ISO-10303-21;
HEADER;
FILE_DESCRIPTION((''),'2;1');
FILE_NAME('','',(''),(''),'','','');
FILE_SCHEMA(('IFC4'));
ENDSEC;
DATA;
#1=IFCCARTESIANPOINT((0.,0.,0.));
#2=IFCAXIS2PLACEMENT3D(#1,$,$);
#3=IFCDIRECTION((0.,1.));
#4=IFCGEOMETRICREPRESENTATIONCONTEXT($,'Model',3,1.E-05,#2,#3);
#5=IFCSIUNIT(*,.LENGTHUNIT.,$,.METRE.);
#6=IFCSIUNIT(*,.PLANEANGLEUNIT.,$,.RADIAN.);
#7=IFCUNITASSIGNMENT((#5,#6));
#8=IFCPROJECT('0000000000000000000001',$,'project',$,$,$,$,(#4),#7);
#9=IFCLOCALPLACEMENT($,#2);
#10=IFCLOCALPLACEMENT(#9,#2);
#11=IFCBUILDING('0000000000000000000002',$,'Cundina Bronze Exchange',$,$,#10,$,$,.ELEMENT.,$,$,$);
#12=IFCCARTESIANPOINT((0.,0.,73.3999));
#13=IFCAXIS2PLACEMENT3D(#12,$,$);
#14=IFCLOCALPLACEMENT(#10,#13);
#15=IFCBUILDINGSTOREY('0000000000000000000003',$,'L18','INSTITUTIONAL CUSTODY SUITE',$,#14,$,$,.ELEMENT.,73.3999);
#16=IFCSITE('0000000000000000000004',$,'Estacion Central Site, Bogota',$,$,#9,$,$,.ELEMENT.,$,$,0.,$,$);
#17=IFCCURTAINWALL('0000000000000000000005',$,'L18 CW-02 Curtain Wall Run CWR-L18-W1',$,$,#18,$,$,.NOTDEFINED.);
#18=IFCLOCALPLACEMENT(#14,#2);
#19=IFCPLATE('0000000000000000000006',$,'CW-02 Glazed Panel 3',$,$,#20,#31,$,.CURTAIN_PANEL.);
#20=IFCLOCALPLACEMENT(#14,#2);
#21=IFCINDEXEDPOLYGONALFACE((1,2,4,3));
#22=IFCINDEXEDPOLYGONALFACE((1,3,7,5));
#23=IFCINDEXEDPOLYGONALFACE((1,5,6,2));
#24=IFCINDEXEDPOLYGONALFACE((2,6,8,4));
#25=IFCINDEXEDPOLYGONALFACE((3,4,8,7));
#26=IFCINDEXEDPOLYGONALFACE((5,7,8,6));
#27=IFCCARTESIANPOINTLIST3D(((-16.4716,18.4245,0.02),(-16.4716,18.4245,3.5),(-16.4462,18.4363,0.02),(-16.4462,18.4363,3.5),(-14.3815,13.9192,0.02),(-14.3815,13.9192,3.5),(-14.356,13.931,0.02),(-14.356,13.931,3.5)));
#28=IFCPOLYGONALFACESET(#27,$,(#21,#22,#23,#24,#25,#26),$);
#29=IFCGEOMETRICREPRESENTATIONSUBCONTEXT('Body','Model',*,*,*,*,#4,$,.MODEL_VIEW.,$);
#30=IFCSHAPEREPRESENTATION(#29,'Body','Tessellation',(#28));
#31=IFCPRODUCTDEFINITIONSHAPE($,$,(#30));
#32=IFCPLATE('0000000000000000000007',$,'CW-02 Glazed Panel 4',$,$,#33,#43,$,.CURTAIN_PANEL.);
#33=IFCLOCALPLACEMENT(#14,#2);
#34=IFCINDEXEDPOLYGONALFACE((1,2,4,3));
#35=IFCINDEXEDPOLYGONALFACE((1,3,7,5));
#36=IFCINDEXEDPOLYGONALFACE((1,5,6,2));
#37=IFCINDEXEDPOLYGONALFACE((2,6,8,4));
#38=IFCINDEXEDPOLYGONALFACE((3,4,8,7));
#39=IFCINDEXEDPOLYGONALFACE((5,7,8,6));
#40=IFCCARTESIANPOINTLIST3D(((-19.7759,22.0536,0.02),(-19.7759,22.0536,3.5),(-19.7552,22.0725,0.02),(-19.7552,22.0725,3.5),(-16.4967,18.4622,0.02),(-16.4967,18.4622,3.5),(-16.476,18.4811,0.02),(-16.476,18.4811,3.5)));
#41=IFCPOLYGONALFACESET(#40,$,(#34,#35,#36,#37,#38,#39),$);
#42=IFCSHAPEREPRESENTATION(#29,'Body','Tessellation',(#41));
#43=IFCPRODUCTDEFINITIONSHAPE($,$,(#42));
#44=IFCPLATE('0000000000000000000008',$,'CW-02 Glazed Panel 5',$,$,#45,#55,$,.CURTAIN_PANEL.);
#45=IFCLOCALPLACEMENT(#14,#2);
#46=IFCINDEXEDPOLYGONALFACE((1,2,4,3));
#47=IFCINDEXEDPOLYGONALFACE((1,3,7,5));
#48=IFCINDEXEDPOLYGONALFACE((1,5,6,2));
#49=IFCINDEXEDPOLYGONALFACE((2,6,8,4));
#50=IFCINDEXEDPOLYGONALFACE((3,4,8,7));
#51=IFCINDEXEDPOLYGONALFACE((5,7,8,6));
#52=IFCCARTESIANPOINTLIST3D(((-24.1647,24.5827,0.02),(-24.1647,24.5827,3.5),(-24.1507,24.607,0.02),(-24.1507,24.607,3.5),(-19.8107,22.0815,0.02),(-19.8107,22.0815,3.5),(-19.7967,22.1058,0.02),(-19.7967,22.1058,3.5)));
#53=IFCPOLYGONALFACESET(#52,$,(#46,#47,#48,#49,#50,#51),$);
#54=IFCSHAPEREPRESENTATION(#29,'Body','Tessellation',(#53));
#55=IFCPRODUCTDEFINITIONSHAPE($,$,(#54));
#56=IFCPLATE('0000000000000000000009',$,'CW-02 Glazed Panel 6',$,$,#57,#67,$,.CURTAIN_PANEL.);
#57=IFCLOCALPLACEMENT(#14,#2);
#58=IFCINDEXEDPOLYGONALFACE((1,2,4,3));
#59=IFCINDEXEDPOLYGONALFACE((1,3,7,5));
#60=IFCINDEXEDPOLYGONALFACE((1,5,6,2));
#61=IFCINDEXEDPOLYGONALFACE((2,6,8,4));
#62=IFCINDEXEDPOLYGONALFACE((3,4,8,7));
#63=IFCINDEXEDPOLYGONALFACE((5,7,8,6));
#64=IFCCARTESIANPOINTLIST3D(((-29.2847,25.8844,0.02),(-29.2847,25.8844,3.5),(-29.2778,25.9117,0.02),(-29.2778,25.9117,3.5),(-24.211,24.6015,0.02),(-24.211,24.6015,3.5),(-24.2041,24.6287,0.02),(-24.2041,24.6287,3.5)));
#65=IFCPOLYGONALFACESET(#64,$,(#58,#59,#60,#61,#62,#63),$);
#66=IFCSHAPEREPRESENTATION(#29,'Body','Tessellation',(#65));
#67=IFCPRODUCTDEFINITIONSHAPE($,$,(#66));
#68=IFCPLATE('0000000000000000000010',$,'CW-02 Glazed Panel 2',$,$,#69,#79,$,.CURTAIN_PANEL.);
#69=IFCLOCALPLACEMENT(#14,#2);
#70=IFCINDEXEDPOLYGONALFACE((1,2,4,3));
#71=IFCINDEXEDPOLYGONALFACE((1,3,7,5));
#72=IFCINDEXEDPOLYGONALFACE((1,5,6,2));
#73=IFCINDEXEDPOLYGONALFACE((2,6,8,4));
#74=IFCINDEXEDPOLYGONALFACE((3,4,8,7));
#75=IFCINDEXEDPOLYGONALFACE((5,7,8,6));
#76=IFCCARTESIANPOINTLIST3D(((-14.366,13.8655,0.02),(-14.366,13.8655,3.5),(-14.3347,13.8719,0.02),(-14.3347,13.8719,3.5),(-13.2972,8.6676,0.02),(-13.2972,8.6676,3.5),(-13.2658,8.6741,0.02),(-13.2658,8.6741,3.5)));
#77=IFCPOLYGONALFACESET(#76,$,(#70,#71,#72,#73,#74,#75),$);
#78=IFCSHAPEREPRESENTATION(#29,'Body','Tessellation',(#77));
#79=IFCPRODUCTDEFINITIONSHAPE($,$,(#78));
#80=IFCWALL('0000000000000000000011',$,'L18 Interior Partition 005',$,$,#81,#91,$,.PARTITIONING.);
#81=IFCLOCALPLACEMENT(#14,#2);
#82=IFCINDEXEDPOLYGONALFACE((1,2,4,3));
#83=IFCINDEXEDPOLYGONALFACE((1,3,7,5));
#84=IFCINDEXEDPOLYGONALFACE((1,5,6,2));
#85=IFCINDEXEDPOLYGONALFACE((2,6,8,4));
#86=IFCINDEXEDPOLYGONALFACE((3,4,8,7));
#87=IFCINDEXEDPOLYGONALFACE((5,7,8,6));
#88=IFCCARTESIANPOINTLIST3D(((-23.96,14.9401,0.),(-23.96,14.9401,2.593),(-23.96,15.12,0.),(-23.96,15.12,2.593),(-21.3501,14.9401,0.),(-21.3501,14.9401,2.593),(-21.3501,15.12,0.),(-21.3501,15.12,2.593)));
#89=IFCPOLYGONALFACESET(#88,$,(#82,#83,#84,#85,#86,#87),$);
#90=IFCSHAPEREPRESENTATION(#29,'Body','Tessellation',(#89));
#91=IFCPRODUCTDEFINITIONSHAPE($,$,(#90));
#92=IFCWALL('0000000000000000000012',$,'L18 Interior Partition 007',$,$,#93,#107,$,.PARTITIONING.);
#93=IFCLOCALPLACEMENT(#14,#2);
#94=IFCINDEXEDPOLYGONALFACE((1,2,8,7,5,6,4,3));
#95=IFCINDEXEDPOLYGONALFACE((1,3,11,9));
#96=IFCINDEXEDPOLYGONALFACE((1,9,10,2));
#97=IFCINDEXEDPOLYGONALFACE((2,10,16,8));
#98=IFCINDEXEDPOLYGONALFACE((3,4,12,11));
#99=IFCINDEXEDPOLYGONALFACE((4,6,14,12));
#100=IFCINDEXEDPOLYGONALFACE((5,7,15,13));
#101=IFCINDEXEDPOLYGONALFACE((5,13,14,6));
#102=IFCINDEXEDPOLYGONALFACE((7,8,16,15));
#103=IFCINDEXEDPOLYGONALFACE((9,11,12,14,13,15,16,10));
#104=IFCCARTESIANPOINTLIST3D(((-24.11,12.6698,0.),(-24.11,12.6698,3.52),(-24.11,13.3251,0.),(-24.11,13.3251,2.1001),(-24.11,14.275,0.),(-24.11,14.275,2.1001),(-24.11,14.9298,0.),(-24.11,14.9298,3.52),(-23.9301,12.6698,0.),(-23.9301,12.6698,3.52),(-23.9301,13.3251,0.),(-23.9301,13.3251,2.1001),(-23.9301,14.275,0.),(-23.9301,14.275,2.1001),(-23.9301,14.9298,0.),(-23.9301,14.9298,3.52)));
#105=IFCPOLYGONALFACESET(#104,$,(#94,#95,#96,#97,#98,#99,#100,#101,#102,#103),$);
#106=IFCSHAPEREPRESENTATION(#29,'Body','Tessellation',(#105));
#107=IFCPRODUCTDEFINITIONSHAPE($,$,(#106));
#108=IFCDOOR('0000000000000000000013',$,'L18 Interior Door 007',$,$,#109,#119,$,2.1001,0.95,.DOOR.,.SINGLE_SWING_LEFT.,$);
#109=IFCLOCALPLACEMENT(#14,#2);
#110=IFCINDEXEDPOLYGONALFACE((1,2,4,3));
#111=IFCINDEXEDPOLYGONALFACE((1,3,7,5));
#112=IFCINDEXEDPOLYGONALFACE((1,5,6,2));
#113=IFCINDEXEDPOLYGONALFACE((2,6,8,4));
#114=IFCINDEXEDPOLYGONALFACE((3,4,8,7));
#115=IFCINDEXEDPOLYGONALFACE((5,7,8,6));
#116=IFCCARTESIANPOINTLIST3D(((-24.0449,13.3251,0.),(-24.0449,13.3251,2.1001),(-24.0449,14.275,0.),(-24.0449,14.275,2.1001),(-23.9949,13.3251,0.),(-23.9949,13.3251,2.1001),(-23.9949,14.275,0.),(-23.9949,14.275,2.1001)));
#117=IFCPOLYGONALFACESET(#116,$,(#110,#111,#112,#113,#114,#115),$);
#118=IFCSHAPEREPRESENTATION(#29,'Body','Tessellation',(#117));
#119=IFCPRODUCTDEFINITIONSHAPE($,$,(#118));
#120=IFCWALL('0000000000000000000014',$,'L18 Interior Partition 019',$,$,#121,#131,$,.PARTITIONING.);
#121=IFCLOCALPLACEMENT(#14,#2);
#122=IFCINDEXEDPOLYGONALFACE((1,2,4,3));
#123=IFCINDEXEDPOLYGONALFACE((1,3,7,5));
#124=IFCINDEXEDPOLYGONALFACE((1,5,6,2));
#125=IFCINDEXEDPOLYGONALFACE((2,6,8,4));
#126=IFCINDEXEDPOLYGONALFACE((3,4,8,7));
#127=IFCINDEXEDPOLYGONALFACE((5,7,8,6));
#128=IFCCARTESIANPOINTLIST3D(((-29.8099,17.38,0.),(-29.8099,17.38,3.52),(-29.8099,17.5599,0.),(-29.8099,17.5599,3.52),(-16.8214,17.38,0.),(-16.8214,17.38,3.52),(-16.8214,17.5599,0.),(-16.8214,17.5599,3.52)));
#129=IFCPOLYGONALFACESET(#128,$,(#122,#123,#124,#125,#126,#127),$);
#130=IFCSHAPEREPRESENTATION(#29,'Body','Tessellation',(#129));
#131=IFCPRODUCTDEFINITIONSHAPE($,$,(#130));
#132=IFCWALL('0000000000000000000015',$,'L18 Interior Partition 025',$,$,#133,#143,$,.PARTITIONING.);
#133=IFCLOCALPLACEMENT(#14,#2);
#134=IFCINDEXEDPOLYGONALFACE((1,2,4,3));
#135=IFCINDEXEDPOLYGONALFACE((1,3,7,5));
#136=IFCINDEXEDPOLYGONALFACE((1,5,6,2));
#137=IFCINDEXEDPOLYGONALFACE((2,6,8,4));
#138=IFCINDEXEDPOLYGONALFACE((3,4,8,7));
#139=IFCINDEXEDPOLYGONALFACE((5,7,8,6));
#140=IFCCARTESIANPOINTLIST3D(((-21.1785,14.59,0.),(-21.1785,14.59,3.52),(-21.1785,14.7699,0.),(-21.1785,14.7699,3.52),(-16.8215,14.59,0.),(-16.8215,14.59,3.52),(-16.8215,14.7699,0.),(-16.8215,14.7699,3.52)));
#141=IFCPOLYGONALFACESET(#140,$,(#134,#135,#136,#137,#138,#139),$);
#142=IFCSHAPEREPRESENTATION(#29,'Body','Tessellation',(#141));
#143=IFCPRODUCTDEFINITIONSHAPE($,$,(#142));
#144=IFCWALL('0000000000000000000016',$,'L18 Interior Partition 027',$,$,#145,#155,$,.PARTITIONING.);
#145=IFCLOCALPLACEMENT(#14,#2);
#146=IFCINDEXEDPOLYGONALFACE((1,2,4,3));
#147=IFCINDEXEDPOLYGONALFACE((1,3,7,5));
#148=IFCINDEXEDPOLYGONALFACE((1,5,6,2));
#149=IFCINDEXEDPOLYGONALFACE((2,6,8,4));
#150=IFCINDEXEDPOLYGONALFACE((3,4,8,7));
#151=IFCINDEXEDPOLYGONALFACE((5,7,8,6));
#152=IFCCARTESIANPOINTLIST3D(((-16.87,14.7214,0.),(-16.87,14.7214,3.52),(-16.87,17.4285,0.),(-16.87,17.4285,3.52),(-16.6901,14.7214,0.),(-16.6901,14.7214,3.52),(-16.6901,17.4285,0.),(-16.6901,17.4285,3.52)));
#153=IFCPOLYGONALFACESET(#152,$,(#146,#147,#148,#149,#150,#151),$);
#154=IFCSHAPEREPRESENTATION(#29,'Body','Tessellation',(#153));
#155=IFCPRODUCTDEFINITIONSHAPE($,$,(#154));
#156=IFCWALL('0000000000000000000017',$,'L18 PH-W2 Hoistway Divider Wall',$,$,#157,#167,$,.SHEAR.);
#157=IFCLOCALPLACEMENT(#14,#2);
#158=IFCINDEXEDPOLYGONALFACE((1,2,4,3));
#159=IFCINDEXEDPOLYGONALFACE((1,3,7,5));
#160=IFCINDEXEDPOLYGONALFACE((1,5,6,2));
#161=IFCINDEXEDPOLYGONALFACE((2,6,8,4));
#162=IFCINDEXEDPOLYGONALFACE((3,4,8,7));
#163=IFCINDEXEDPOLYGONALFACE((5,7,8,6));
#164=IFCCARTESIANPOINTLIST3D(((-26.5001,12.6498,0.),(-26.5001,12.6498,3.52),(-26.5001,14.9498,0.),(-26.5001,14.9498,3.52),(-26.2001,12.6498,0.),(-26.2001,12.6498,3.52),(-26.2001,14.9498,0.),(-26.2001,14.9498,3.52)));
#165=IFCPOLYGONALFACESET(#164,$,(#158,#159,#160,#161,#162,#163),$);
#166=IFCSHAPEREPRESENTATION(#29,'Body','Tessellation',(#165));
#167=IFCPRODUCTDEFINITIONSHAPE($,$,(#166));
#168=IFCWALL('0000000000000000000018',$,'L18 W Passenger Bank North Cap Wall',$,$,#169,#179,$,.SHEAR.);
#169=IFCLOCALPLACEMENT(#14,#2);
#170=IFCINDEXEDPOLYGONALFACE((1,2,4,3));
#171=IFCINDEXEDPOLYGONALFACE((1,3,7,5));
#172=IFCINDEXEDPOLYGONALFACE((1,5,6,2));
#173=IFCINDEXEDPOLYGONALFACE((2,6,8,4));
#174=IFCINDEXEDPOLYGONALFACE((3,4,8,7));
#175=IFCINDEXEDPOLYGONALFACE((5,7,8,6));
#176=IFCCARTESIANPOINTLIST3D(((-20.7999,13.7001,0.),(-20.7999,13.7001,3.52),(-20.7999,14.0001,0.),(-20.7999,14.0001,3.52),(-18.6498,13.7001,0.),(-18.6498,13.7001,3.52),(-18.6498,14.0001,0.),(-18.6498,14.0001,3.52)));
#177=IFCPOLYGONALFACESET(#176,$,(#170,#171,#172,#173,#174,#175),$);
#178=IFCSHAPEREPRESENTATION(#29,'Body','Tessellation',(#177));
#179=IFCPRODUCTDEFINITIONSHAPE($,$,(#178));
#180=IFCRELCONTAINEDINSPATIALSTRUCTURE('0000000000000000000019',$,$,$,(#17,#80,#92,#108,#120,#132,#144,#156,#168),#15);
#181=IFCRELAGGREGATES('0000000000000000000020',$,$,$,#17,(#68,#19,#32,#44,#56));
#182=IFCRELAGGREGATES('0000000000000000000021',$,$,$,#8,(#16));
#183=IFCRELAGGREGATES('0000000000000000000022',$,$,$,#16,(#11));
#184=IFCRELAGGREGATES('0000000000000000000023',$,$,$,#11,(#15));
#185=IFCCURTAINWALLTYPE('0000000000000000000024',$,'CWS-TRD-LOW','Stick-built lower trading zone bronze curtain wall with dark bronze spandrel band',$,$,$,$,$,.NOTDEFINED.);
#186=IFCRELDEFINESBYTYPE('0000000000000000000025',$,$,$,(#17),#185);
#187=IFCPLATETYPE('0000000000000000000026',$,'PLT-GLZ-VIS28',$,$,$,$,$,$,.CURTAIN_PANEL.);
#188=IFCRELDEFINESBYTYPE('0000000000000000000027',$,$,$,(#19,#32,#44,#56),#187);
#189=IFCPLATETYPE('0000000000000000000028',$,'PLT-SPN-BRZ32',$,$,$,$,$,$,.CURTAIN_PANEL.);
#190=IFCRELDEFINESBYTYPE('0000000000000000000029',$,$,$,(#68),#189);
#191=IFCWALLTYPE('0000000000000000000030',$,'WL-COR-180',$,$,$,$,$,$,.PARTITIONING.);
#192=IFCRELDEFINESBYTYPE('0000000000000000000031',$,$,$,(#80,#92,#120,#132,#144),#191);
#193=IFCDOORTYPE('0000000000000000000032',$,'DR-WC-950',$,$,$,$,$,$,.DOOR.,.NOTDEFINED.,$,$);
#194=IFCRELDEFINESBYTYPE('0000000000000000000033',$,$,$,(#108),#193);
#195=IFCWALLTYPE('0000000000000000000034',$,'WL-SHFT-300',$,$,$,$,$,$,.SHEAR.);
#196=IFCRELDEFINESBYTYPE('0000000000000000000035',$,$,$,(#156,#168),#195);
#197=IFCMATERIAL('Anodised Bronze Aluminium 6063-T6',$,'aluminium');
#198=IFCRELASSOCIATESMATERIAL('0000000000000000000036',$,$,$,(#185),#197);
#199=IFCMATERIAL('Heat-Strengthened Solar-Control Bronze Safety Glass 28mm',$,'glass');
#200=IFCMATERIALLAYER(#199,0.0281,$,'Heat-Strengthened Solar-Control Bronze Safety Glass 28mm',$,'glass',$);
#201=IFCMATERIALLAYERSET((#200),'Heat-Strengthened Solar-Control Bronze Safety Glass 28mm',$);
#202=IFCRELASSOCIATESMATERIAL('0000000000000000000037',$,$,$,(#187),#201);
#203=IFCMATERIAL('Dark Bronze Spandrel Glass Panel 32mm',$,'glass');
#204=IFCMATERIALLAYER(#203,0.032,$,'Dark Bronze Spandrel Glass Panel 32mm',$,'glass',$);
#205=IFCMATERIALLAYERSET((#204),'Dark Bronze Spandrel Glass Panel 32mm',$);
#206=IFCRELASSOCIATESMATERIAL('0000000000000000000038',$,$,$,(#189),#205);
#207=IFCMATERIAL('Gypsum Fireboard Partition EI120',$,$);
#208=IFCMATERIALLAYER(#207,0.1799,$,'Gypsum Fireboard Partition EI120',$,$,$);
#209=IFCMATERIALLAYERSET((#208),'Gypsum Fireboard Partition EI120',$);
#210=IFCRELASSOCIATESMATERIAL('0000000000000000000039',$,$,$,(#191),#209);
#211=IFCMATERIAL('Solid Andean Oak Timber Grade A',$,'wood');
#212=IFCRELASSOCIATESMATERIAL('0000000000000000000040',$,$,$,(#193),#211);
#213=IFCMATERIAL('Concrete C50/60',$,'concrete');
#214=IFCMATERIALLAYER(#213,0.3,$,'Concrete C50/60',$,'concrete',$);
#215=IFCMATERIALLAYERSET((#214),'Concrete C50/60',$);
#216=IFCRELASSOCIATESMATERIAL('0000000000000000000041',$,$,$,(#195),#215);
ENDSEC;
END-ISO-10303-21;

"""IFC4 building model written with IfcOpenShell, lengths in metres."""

from ifc_helpers import new_model, si_unit, direction, frame, frame_2d, origin, origin_2d, place, context, subcontext, project, spatial, rectangle, extrude, material, layer, layer_set, type_object, element, fill, aggregate, save


model = new_model("IFC4")

# Units and contexts
model_context = context("Model", 3, precision=1e-05, world=origin(), true_north=direction((0.0, 1.0)))
body_context = subcontext(model_context, "Body", "Model", "MODEL_VIEW")
ifc_project = project(units=[si_unit("LENGTHUNIT", "METRE"), si_unit("PLANEANGLEUNIT", "RADIAN")], contexts=[model_context])

# Site, building, storey
site_placement = place(None, origin())
site = spatial("IfcSite", under=ifc_project, at=site_placement, Name="Estacion Central Site, Bogota", CompositionType="ELEMENT", RefElevation=0.0)
building_placement = place(site_placement, origin())
building = spatial("IfcBuilding", under=site, at=building_placement, Name="Cundina Bronze Exchange", CompositionType="ELEMENT")
storey_placement = place(building_placement, frame((0.0, 0.0, 73.3999)))
storey = spatial("IfcBuildingStorey", under=building, at=storey_placement, Name="L18", Description="INSTITUTIONAL CUSTODY SUITE", CompositionType="ELEMENT", Elevation=73.3999)

# Curtain wall, plates
ifc_material_1 = material(Name="Anodised Bronze Aluminium 6063-T6", Category="aluminium")
curtain_wall_type = type_object("IfcCurtainWallType", Name="CWS-TRD-LOW", Description="Stick-built lower trading zone bronze curtain wall with dark bronze spandrel band", PredefinedType="NOTDEFINED", material=ifc_material_1)
curtain_wall_placement = place(storey_placement, origin())
curtain_wall = element("IfcCurtainWall", 1, at=curtain_wall_placement, inside=storey, type_object=curtain_wall_type, Name="L18 CW-02 Curtain Wall Run CWR-L18-W1", PredefinedType="NOTDEFINED")
ifc_material_2 = material(Name="Heat-Strengthened Solar-Control Bronze Safety Glass 28mm", Category="glass")
ifc_layer_1 = layer(ifc_material_2, 0.0281, Name="Heat-Strengthened Solar-Control Bronze Safety Glass 28mm", Category="glass")
ifc_layer_set_1 = layer_set([ifc_layer_1], Name="Heat-Strengthened Solar-Control Bronze Safety Glass 28mm")
plate_type_1 = type_object("IfcPlateType", Name="PLT-GLZ-VIS28", PredefinedType="CURTAIN_PANEL", material=ifc_layer_set_1)
plate_1_placement = place(storey_placement, frame((-15.4138, 16.1777, 0.02), z_axis=(0.0, 0.0, 1.0), x_axis=(-0.420846, 0.907132, 0.0)))
plate_1 = element("IfcPlate", 2, at=plate_1_placement, type_object=plate_type_1, Name="CW-02 Glazed Panel 3", PredefinedType="CURTAIN_PANEL", context=body_context, shape_type="SweptSolid", body=[
    extrude(rectangle(XDim=4.9666, YDim=0.0281, at=origin_2d()), origin(), (0.0, 0.0, 1.0), 3.48),
])
plate_2_placement = place(storey_placement, frame((-18.126, 20.2673, 0.02), z_axis=(0.0, 0.0, 1.0), x_axis=(-0.674277, 0.738479, 0.0)))
plate_2 = element("IfcPlate", 3, at=plate_2_placement, type_object=plate_type_1, Name="CW-02 Glazed Panel 4", PredefinedType="CURTAIN_PANEL", context=body_context, shape_type="SweptSolid", body=[
    extrude(rectangle(XDim=4.8633, YDim=0.0281, at=origin_2d()), origin(), (0.0, 0.0, 1.0), 3.48),
])
plate_3_placement = place(storey_placement, frame((-21.9807, 23.3442, 0.02), z_axis=(0.0, 0.0, 1.0), x_axis=(-0.867105, 0.498125, 0.0)))
plate_3 = element("IfcPlate", 4, at=plate_3_placement, type_object=plate_type_1, Name="CW-02 Glazed Panel 5", PredefinedType="CURTAIN_PANEL", context=body_context, shape_type="SweptSolid", body=[
    extrude(rectangle(XDim=5.0212, YDim=0.0281, at=origin_2d()), origin(), (0.0, 0.0, 1.0), 3.48),
])
plate_4_placement = place(storey_placement, frame((-26.7444, 25.2566, 0.02), z_axis=(0.0, 0.0, 1.0), x_axis=(-0.969488, 0.245138, 0.0)))
plate_4 = element("IfcPlate", 5, at=plate_4_placement, type_object=plate_type_1, Name="CW-02 Glazed Panel 6", PredefinedType="CURTAIN_PANEL", context=body_context, shape_type="SweptSolid", body=[
    extrude(rectangle(XDim=5.2334, YDim=0.0281, at=origin_2d()), origin(), (0.0, 0.0, 1.0), 3.48),
])
ifc_material_3 = material(Name="Dark Bronze Spandrel Glass Panel 32mm", Category="glass")
ifc_layer_2 = layer(ifc_material_3, 0.032, Name="Dark Bronze Spandrel Glass Panel 32mm", Category="glass")
ifc_layer_set_2 = layer_set([ifc_layer_2], Name="Dark Bronze Spandrel Glass Panel 32mm")
plate_type_2 = type_object("IfcPlateType", Name="PLT-SPN-BRZ32", PredefinedType="CURTAIN_PANEL", material=ifc_layer_set_2)
plate_5_placement = place(storey_placement, frame((-13.8159, 11.2698, 0.02), z_axis=(0.0, 0.0, 1.0), x_axis=(-0.20142, 0.979505, 0.0)))
plate_5 = element("IfcPlate", 6, at=plate_5_placement, type_object=plate_type_2, Name="CW-02 Glazed Panel 2", PredefinedType="CURTAIN_PANEL", context=body_context, shape_type="SweptSolid", body=[
    extrude(rectangle(XDim=5.3066, YDim=0.032, at=origin_2d()), origin(), (0.0, 0.0, 1.0), 3.48),
])
aggregate(curtain_wall, [plate_5, plate_1, plate_2, plate_3, plate_4])

# Wall
ifc_material_4 = material(Name="Gypsum Fireboard Partition EI120")
ifc_layer_3 = layer(ifc_material_4, 0.1799, Name="Gypsum Fireboard Partition EI120")
ifc_layer_set_3 = layer_set([ifc_layer_3], Name="Gypsum Fireboard Partition EI120")
wall_type_1 = type_object("IfcWallType", Name="WL-COR-180", PredefinedType="PARTITIONING", material=ifc_layer_set_3)
wall_1_placement = place(storey_placement, frame((-23.96, 15.03, 0.0), z_axis=(0.0, 0.0, 1.0), x_axis=(1.0, 0.0, 0.0)))
element("IfcWall", 7, at=wall_1_placement, inside=storey, type_object=wall_type_1, Name="L18 Interior Partition 005", PredefinedType="PARTITIONING", context=body_context, shape_type="SweptSolid", body=[
    extrude(rectangle(XDim=2.6099, YDim=0.1799, at=frame_2d((1.3049, 0.0))), origin(), (0.0, 0.0, 1.0), 2.593),
])

# Wall, opening, door
wall_2_placement = place(storey_placement, frame((-24.02, 12.6699, 0.0), z_axis=(0.0, 0.0, 1.0), x_axis=(0.0, 1.0, 0.0)))
wall_2 = element("IfcWall", 8, at=wall_2_placement, inside=storey, type_object=wall_type_1, Name="L18 Interior Partition 007", PredefinedType="PARTITIONING", context=body_context, shape_type="SweptSolid", body=[
    extrude(rectangle(XDim=2.26, YDim=0.1799, at=frame_2d((1.1299, 0.0))), origin(), (0.0, 0.0, 1.0), 3.52),
])
opening_1_placement = place(wall_2_placement, frame((0.655, 0.0, 0.0)))
opening_1 = element("IfcOpeningElement", 9, at=opening_1_placement, cuts=wall_2, PredefinedType="OPENING", context=body_context, shape_type="SweptSolid", body=[
    extrude(rectangle(XDim=0.95, YDim=2.1001, at=frame_2d((0.4751, 1.05))), frame((0.0, 0.0999, 0.0), z_axis=(0.0, -1.0, 0.0), x_axis=(1.0, 0.0, 0.0)), (0.0, 0.0, 1.0), 0.2),
])
ifc_material_5 = material(Name="Solid Andean Oak Timber Grade A", Category="wood")
door_type_1 = type_object("IfcDoorType", Name="DR-WC-950", OperationType="NOTDEFINED", PredefinedType="DOOR", material=ifc_material_5)
door_1_placement = place(opening_1_placement, origin())
door_1 = element("IfcDoor", 10, at=door_1_placement, inside=storey, type_object=door_type_1, Name="L18 Interior Door 007", OperationType="SINGLE_SWING_LEFT", OverallHeight=2.1001, OverallWidth=0.95, PredefinedType="DOOR", context=body_context, shape_type="SweptSolid", body=[
    extrude(rectangle(XDim=0.95, YDim=2.1001, at=frame_2d((0.4751, 1.05))), frame((0.0, 0.0249, 0.0), z_axis=(0.0, -1.0, 0.0), x_axis=(1.0, 0.0, 0.0)), (0.0, 0.0, 1.0), 0.05),
])
fill(opening_1, door_1)

# Walls
wall_3_placement = place(storey_placement, frame((-16.8215, 17.47, 0.0), z_axis=(0.0, 0.0, 1.0), x_axis=(-1.0, 0.0, 0.0)))
element("IfcWall", 11, at=wall_3_placement, inside=storey, type_object=wall_type_1, Name="L18 Interior Partition 019", PredefinedType="PARTITIONING", context=body_context, shape_type="SweptSolid", body=[
    extrude(rectangle(XDim=12.9885, YDim=0.1799, at=frame_2d((6.4941, 0.0))), origin(), (0.0, 0.0, 1.0), 3.52),
])
wall_4_placement = place(storey_placement, frame((-21.1785, 14.6799, 0.0), z_axis=(0.0, 0.0, 1.0), x_axis=(1.0, 0.0, 0.0)))
element("IfcWall", 12, at=wall_4_placement, inside=storey, type_object=wall_type_1, Name="L18 Interior Partition 025", PredefinedType="PARTITIONING", context=body_context, shape_type="SweptSolid", body=[
    extrude(rectangle(XDim=4.3569, YDim=0.1799, at=frame_2d((2.1785, 0.0))), origin(), (0.0, 0.0, 1.0), 3.52),
])
wall_5_placement = place(storey_placement, frame((-16.78, 14.7214, 0.0), z_axis=(0.0, 0.0, 1.0), x_axis=(0.0, 1.0, 0.0)))
element("IfcWall", 13, at=wall_5_placement, inside=storey, type_object=wall_type_1, Name="L18 Interior Partition 027", PredefinedType="PARTITIONING", context=body_context, shape_type="SweptSolid", body=[
    extrude(rectangle(XDim=2.707, YDim=0.1799, at=frame_2d((1.3535, 0.0))), origin(), (0.0, 0.0, 1.0), 3.52),
])

# Shared definitions
ifc_material_6 = material(Name="Concrete C50/60", Category="concrete")
ifc_layer_4 = layer(ifc_material_6, 0.3, Name="Concrete C50/60", Category="concrete")
ifc_layer_set_4 = layer_set([ifc_layer_4], Name="Concrete C50/60")
wall_type_2 = type_object("IfcWallType", Name="WL-SHFT-300", PredefinedType="SHEAR", material=ifc_layer_set_4)

# Walls
wall_6_placement = place(storey_placement, frame((-26.3501, 12.6499, 0.0), z_axis=(0.0, 0.0, 1.0), x_axis=(0.0, 1.0, 0.0)))
element("IfcWall", 14, at=wall_6_placement, inside=storey, type_object=wall_type_2, Name="L18 PH-W2 Hoistway Divider Wall", PredefinedType="SHEAR", context=body_context, shape_type="SweptSolid", body=[
    extrude(rectangle(XDim=2.3, YDim=0.3, at=frame_2d((1.1499, 0.0))), origin(), (0.0, 0.0, 1.0), 3.52),
])
wall_7_placement = place(storey_placement, frame((-20.8, 13.8501, 0.0), z_axis=(0.0, 0.0, 1.0), x_axis=(1.0, 0.0, 0.0)))
element("IfcWall", 15, at=wall_7_placement, inside=storey, type_object=wall_type_2, Name="L18 W Passenger Bank North Cap Wall", PredefinedType="SHEAR", context=body_context, shape_type="SweptSolid", body=[
    extrude(rectangle(XDim=2.1501, YDim=0.3, at=frame_2d((1.0752, 0.0))), origin(), (0.0, 0.0, 1.0), 3.52),
])

save(model, "model.ifc")
